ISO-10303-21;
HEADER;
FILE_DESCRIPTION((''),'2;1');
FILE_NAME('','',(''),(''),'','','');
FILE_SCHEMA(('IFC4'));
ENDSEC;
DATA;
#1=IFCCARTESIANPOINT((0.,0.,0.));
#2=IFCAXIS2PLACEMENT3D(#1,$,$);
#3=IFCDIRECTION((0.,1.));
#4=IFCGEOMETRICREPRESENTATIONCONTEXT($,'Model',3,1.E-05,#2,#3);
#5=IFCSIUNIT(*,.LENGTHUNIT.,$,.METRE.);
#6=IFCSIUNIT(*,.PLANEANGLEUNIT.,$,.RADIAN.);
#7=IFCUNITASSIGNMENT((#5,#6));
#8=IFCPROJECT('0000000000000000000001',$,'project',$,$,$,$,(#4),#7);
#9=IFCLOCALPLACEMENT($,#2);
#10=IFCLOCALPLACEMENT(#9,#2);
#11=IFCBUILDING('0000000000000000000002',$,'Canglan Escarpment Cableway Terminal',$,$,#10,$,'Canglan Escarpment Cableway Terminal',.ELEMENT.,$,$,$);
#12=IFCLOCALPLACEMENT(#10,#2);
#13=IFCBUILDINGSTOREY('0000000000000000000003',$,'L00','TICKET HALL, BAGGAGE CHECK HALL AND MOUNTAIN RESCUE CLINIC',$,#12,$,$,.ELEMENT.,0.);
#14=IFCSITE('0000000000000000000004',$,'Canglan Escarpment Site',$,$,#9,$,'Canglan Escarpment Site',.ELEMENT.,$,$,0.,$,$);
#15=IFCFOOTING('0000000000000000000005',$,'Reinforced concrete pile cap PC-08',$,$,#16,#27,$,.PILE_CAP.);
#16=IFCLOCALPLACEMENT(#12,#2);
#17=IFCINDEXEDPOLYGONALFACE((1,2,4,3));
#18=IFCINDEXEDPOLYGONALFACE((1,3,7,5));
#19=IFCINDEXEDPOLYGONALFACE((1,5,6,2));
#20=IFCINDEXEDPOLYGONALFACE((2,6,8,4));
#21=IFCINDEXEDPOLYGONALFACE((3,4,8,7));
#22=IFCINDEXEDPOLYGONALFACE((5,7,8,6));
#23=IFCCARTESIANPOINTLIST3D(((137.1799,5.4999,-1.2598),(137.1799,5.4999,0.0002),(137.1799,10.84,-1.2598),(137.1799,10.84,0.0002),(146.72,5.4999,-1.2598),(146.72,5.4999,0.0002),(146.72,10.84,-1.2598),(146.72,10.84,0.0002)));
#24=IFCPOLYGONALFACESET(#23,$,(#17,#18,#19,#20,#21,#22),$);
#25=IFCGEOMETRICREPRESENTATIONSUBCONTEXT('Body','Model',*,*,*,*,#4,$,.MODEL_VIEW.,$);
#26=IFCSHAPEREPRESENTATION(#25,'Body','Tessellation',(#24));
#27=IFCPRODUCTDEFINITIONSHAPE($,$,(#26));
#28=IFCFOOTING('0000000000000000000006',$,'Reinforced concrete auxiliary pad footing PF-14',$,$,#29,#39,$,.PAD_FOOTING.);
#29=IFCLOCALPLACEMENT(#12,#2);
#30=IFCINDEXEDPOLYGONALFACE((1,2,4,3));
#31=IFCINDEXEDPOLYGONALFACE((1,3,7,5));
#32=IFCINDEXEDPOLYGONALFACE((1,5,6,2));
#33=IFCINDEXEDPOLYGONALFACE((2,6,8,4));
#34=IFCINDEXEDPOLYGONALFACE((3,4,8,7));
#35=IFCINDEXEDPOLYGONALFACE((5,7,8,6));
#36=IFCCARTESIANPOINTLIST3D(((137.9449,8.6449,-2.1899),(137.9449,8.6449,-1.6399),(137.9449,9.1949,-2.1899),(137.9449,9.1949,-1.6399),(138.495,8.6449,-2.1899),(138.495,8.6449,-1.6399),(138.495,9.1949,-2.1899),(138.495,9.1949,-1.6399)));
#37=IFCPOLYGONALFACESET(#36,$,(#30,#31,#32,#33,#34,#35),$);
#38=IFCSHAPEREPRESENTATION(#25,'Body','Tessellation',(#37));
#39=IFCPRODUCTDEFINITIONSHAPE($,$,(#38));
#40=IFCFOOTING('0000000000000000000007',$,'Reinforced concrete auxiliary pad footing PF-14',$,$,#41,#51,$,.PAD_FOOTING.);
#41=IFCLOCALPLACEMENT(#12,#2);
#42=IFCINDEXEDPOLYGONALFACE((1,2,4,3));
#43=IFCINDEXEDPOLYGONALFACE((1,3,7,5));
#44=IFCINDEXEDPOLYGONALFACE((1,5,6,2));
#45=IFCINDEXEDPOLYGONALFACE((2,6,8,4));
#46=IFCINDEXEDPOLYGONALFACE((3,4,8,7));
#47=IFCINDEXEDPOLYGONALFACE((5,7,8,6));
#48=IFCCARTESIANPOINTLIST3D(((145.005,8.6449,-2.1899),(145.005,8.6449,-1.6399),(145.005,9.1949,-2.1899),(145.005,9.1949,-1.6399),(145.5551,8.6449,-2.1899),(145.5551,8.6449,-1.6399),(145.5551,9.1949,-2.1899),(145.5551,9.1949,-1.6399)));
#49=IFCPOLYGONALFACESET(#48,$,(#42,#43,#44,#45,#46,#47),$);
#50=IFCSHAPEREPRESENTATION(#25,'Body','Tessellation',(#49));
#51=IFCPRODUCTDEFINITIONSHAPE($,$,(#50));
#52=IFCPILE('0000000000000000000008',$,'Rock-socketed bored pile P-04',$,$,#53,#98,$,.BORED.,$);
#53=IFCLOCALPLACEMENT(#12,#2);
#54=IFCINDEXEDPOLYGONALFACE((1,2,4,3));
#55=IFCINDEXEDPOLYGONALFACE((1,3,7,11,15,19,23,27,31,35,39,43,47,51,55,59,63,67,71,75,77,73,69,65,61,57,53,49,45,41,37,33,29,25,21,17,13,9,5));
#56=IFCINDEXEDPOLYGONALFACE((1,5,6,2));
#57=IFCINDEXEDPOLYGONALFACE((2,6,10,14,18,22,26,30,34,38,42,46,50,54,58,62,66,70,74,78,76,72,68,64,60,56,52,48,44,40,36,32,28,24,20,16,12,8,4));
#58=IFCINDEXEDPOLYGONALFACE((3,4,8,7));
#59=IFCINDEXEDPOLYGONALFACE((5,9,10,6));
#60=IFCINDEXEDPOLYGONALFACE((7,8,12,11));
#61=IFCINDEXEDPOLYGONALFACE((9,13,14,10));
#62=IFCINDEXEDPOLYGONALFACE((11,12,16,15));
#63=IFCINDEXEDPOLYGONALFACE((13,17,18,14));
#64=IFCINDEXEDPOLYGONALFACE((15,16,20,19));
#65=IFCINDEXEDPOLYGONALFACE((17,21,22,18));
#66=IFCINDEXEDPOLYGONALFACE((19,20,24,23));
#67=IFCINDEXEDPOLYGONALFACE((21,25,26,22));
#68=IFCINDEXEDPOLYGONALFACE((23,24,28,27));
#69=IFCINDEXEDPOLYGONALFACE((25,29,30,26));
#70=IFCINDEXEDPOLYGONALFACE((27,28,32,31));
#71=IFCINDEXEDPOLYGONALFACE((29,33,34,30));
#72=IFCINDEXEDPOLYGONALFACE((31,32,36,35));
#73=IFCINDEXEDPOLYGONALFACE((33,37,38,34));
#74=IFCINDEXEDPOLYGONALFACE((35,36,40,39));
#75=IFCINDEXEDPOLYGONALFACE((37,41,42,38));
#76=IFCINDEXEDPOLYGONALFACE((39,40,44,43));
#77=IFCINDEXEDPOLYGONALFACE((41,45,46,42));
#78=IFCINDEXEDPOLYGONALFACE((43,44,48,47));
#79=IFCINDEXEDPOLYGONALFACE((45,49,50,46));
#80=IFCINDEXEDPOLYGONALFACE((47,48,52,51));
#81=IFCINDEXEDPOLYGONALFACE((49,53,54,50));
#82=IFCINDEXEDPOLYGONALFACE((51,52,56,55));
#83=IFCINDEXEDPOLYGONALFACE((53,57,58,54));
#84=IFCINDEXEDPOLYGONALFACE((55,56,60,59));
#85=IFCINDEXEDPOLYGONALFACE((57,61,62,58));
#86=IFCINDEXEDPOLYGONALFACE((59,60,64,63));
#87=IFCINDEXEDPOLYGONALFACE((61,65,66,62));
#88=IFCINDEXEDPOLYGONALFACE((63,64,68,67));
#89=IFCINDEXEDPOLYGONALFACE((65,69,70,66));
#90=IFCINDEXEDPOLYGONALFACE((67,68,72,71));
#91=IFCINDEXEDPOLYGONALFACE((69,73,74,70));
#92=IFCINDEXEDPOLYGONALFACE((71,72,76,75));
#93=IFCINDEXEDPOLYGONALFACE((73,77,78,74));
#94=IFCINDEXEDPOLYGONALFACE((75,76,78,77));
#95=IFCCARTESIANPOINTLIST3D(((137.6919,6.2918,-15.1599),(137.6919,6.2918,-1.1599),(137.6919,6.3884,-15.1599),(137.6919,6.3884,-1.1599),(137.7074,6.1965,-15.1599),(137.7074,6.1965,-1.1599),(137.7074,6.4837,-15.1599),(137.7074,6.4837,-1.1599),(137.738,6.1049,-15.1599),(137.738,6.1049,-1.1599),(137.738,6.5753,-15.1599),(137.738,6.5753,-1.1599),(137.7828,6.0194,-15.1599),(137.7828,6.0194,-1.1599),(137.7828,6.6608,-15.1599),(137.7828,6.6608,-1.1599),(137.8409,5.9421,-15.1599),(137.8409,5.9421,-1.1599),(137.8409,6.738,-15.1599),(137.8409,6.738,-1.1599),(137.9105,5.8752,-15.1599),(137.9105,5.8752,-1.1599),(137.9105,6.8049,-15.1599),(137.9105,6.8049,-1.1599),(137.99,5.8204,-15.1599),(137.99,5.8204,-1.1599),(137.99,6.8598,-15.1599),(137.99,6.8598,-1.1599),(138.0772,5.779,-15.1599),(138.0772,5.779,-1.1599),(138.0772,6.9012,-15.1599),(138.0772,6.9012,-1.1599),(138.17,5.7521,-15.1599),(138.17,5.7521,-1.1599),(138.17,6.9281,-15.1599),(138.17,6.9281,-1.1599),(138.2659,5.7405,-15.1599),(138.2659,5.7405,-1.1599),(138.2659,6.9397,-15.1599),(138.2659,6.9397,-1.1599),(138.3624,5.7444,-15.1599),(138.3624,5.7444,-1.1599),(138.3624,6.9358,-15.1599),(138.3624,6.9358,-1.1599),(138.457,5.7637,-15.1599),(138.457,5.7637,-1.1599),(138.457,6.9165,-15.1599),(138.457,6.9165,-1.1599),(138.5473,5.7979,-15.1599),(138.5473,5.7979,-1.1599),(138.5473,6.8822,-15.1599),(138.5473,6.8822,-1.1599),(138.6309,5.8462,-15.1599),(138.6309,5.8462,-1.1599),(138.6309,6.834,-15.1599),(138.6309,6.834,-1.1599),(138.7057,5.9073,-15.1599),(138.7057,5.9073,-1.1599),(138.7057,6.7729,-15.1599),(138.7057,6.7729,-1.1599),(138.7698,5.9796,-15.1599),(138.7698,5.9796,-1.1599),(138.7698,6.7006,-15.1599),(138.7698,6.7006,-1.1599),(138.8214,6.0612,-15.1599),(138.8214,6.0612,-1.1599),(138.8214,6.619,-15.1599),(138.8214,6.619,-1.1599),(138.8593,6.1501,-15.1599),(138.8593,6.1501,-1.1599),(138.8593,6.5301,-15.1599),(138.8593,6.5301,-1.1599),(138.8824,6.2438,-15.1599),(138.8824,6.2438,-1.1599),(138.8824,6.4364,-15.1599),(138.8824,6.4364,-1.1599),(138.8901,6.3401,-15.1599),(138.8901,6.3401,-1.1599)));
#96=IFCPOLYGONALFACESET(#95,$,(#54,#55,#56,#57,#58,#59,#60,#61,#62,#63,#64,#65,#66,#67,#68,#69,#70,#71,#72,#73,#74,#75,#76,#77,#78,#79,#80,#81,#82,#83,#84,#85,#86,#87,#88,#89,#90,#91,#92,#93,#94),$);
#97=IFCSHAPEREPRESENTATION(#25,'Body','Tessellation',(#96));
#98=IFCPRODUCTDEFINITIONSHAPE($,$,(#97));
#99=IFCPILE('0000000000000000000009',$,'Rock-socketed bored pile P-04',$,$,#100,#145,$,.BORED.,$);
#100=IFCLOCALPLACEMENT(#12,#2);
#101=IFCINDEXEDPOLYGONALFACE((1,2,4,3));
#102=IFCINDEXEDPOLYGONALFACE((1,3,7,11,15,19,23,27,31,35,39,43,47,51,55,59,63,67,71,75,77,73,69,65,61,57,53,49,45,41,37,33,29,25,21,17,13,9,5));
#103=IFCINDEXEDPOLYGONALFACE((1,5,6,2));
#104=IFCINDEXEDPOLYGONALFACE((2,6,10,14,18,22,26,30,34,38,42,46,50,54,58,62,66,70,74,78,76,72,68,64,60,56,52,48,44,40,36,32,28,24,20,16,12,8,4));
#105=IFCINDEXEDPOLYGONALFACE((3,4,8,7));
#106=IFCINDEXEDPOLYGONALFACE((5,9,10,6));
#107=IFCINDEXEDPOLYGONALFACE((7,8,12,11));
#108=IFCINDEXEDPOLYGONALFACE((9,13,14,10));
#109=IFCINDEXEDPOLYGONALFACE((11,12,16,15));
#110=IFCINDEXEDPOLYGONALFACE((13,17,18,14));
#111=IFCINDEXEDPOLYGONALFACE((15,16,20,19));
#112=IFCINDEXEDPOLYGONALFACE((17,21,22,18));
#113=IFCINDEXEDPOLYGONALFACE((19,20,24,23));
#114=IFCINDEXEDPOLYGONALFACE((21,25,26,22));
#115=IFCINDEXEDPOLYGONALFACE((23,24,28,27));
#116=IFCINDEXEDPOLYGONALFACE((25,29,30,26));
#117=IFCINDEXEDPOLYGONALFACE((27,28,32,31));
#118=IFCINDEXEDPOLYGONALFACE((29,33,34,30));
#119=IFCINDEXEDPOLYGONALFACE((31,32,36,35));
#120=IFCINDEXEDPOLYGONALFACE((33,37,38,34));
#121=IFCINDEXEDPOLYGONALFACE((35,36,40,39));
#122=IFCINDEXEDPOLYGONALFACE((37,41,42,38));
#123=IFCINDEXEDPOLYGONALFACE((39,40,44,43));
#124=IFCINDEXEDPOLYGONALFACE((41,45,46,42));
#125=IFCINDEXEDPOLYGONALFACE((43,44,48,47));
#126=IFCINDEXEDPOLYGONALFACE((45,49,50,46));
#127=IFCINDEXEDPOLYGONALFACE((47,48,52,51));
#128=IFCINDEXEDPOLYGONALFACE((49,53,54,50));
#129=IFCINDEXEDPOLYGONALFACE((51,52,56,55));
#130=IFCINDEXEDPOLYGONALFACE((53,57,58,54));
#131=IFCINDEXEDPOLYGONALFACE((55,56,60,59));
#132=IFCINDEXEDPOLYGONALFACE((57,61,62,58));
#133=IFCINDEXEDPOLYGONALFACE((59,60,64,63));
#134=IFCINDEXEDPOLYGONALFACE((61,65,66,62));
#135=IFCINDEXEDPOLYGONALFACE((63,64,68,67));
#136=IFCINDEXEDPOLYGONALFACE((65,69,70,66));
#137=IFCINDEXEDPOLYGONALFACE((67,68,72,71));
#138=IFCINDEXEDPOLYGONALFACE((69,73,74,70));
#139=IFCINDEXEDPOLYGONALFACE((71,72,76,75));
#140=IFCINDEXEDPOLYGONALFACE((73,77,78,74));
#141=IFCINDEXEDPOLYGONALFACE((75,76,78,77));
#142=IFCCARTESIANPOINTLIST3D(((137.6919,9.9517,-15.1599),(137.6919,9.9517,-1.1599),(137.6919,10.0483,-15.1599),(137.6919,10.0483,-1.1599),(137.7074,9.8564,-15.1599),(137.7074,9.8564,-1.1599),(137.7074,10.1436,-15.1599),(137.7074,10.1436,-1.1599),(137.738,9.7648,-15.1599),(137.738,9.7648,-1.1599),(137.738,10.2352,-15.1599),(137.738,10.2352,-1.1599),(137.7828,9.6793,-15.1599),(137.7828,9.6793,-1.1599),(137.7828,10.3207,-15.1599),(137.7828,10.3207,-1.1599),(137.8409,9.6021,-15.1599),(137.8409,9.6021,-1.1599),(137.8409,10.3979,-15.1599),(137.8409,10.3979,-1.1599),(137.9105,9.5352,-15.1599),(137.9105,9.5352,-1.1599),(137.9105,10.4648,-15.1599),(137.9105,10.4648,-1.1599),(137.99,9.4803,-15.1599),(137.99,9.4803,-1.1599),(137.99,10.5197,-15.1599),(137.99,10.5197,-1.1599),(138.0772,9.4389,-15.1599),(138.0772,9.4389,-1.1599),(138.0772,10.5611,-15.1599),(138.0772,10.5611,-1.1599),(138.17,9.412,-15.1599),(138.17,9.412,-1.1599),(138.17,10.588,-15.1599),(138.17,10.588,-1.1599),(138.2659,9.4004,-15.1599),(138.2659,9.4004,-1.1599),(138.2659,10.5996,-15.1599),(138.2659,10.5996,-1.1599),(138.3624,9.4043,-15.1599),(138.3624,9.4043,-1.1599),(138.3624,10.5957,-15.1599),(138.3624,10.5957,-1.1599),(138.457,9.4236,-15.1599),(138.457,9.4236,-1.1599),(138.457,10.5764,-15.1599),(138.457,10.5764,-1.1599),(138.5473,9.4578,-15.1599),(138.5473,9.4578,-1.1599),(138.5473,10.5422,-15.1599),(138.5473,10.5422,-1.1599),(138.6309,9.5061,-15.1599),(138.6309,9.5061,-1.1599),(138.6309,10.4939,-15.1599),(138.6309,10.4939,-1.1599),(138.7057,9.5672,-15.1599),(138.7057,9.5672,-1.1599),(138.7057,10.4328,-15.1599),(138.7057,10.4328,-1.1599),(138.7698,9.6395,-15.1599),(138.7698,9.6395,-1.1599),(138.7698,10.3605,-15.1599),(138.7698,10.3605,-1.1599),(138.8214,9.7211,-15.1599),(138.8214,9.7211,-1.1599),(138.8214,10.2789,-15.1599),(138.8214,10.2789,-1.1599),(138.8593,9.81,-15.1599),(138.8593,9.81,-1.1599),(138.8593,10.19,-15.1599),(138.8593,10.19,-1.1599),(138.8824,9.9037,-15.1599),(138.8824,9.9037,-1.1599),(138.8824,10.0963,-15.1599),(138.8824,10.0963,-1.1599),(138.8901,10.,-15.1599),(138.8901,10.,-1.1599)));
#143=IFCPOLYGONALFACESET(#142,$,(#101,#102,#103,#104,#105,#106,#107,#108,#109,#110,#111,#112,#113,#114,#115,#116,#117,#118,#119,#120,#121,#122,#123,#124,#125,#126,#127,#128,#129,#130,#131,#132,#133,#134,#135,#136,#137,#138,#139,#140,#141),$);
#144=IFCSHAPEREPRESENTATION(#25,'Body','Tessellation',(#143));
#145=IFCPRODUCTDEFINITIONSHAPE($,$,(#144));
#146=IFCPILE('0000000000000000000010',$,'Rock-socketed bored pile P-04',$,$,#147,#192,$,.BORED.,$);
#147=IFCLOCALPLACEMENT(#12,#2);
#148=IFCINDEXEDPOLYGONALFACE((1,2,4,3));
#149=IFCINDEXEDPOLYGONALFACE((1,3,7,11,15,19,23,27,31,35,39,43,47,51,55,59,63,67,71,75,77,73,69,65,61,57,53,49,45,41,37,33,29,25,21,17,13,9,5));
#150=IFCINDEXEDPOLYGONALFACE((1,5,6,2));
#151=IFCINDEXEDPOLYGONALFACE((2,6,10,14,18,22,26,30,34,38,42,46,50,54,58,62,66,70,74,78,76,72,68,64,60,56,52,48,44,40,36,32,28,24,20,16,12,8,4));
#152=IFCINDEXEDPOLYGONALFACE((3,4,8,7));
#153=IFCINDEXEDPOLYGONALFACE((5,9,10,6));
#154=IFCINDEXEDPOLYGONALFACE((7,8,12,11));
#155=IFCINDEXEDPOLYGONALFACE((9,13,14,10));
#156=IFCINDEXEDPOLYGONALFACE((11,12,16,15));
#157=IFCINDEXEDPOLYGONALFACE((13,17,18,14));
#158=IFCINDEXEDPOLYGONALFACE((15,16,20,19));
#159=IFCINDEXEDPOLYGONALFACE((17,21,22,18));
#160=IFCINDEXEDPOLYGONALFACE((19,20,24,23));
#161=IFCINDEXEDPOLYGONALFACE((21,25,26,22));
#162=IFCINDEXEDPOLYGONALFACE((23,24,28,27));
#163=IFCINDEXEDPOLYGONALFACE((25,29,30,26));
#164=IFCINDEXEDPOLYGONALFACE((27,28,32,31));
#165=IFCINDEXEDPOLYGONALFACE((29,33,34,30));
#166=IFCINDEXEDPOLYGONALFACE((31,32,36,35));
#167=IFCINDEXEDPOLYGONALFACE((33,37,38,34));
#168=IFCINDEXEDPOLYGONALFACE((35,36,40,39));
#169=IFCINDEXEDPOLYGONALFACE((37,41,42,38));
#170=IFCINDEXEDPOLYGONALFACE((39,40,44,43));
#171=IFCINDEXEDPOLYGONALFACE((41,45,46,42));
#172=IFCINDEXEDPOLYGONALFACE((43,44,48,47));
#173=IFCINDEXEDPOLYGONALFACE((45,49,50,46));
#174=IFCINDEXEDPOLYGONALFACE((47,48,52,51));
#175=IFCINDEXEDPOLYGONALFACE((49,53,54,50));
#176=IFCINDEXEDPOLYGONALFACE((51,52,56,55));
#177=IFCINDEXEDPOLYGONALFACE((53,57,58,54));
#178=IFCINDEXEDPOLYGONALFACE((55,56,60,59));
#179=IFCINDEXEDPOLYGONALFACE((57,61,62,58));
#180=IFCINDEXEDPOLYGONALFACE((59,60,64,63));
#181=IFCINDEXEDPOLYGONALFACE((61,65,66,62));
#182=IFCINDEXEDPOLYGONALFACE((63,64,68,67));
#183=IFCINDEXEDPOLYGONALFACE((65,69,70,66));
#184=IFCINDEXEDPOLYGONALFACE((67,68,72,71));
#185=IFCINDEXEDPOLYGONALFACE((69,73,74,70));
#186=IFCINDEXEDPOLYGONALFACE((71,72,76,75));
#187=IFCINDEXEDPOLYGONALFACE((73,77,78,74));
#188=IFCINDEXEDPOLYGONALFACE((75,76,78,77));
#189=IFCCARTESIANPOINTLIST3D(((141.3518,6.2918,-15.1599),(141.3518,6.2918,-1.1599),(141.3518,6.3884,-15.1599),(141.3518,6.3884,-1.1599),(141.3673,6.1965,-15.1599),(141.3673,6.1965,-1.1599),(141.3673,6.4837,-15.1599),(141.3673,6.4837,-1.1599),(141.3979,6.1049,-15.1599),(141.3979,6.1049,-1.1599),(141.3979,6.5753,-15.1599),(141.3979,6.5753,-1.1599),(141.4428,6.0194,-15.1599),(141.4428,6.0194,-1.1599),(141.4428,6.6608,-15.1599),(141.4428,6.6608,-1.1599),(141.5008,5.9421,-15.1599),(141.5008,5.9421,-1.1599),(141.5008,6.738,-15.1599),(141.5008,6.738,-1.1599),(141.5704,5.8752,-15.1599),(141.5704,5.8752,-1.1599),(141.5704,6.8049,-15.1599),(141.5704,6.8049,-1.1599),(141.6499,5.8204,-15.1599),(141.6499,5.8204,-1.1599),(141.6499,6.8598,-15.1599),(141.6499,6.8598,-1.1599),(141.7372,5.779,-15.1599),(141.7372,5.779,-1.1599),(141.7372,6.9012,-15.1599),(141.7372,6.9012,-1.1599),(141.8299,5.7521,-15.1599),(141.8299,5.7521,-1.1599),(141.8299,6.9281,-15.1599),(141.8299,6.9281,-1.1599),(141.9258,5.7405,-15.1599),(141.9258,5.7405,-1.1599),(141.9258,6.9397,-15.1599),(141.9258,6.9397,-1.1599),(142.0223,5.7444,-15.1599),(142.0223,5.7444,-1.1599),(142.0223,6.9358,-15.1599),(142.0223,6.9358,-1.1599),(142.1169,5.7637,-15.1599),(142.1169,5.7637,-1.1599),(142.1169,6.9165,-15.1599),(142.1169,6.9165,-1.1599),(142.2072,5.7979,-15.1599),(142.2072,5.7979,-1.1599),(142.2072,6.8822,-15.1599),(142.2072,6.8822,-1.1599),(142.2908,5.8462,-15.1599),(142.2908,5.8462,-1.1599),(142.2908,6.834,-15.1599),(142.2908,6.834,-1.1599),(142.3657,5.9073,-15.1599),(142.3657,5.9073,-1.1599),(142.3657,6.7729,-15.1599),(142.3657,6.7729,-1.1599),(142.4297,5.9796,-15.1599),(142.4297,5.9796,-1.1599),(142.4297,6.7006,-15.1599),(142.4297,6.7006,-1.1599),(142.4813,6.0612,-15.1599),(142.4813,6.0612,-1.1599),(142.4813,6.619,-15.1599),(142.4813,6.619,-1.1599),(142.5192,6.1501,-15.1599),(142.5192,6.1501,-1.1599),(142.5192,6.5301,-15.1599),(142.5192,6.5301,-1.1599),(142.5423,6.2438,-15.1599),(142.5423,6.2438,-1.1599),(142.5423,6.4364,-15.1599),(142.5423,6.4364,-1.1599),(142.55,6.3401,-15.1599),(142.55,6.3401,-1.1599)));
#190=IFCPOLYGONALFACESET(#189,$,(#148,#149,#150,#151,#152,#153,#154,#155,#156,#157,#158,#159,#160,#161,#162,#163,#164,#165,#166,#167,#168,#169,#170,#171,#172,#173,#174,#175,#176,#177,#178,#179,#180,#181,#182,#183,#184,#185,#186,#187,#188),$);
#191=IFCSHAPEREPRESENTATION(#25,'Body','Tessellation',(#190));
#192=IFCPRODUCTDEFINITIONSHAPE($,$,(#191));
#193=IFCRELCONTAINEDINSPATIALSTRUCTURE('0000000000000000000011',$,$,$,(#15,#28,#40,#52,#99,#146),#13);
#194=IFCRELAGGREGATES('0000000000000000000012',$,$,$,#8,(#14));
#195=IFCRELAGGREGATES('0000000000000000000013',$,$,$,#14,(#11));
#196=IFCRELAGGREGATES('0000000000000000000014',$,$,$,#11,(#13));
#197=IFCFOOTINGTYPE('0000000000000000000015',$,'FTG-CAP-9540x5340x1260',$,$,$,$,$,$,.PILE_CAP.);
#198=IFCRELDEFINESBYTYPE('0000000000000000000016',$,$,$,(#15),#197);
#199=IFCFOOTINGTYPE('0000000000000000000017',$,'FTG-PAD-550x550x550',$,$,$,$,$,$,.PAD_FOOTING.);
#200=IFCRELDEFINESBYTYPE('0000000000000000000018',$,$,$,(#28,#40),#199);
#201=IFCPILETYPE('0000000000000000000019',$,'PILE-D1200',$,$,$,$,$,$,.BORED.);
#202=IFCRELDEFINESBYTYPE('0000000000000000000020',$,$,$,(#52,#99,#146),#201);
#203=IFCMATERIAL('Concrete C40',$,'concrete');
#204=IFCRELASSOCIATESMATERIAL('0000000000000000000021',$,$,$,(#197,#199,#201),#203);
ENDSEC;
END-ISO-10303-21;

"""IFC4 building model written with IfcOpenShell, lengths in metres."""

from ifc_helpers import new_model, si_unit, direction, frame, origin, origin_2d, place, context, subcontext, project, spatial, rectangle, circle, extrude, material, material_profile, profile_set, type_object, element, save


model = new_model("IFC4")

# Units and contexts
model_context = context("Model", 3, precision=1e-05, world=origin(), true_north=direction((0.0, 1.0)))
body_context = subcontext(model_context, "Body", "Model", "MODEL_VIEW")
ifc_project = project(units=[si_unit("LENGTHUNIT", "METRE"), si_unit("PLANEANGLEUNIT", "RADIAN")], contexts=[model_context])

# Site, building, storey
site_placement = place(None, origin())
site = spatial("IfcSite", under=ifc_project, at=site_placement, Name="Canglan Escarpment Site", LongName="Canglan Escarpment Site", CompositionType="ELEMENT", RefElevation=0.0)
building_placement = place(site_placement, origin())
building = spatial("IfcBuilding", under=site, at=building_placement, Name="Canglan Escarpment Cableway Terminal", LongName="Canglan Escarpment Cableway Terminal", CompositionType="ELEMENT")
storey_placement = place(building_placement, origin())
storey = spatial("IfcBuildingStorey", under=building, at=storey_placement, Name="L00", Description="TICKET HALL, BAGGAGE CHECK HALL AND MOUNTAIN RESCUE CLINIC", CompositionType="ELEMENT", Elevation=0.0)

# Footings
ifc_material_1 = material(Name="Concrete C40", Category="concrete")
footing_type_1 = type_object("IfcFootingType", Name="FTG-CAP-9540x5340x1260", PredefinedType="PILE_CAP", material=ifc_material_1)
footing_placement = place(storey_placement, frame((141.95, 8.1699, -1.2598), z_axis=(0.0, 0.0, 1.0), x_axis=(1.0, 0.0, 0.0)))
element("IfcFooting", 1, at=footing_placement, inside=storey, type_object=footing_type_1, Name="Reinforced concrete pile cap PC-08", PredefinedType="PILE_CAP", context=body_context, shape_type="SweptSolid", body=[
    extrude(rectangle(XDim=9.54, YDim=5.3401, at=origin_2d()), origin(), (0.0, 0.0, 1.0), 1.26),
])
footing_type_2 = type_object("IfcFootingType", Name="FTG-PAD-550x550x550", PredefinedType="PAD_FOOTING", material=ifc_material_1)
for number, where, z_axis, x_axis, name in (
    (2, (138.22, 8.9199, -2.1899), (0.0, 0.0, 1.0), (1.0, 0.0, 0.0), "Reinforced concrete auxiliary pad footing PF-14"),
    (3, (145.28, 8.9199, -2.1899), (0.0, 0.0, 1.0), (1.0, 0.0, 0.0), "Reinforced concrete auxiliary pad footing PF-14"),
):
    element("IfcFooting", number, at=place(storey_placement, frame(where, z_axis=z_axis, x_axis=x_axis)), inside=storey, type_object=footing_type_2, Name=name, PredefinedType="PAD_FOOTING", context=body_context, shape_type="SweptSolid", body=[
        extrude(rectangle(XDim=0.55, YDim=0.55, at=origin_2d()), origin(), (0.0, 0.0, 1.0), 0.55),
    ])

# Piles
ifc_material_profile_1 = material_profile(ifc_material_1, circle(Radius=0.6001, at=origin_2d()), Name="BORED PILE D1200")
ifc_profile_set_1 = profile_set([ifc_material_profile_1], Name="Concrete C40")
pile_type = type_object("IfcPileType", Name="PILE-D1200", PredefinedType="BORED", material=ifc_profile_set_1)
for number, where, z_axis, x_axis, name in (
    (4, (138.29, 6.3401, -1.1599), (0.0, 0.0, -1.0), (1.0, 0.0, 0.0), "Rock-socketed bored pile P-04"),
    (5, (138.29, 10.0, -1.1599), (0.0, 0.0, -1.0), (1.0, 0.0, 0.0), "Rock-socketed bored pile P-04"),
    (6, (141.95, 6.3401, -1.1599), (0.0, 0.0, -1.0), (1.0, 0.0, 0.0), "Rock-socketed bored pile P-04"),
):
    element("IfcPile", number, at=place(storey_placement, frame(where, z_axis=z_axis, x_axis=x_axis)), inside=storey, type_object=pile_type, Name=name, PredefinedType="BORED", context=body_context, shape_type="SweptSolid", body=[
        extrude(circle(Radius=0.6001, at=origin_2d()), origin(), (0.0, 0.0, 1.0), 14.0),
    ])

save(model, "model.ifc")
